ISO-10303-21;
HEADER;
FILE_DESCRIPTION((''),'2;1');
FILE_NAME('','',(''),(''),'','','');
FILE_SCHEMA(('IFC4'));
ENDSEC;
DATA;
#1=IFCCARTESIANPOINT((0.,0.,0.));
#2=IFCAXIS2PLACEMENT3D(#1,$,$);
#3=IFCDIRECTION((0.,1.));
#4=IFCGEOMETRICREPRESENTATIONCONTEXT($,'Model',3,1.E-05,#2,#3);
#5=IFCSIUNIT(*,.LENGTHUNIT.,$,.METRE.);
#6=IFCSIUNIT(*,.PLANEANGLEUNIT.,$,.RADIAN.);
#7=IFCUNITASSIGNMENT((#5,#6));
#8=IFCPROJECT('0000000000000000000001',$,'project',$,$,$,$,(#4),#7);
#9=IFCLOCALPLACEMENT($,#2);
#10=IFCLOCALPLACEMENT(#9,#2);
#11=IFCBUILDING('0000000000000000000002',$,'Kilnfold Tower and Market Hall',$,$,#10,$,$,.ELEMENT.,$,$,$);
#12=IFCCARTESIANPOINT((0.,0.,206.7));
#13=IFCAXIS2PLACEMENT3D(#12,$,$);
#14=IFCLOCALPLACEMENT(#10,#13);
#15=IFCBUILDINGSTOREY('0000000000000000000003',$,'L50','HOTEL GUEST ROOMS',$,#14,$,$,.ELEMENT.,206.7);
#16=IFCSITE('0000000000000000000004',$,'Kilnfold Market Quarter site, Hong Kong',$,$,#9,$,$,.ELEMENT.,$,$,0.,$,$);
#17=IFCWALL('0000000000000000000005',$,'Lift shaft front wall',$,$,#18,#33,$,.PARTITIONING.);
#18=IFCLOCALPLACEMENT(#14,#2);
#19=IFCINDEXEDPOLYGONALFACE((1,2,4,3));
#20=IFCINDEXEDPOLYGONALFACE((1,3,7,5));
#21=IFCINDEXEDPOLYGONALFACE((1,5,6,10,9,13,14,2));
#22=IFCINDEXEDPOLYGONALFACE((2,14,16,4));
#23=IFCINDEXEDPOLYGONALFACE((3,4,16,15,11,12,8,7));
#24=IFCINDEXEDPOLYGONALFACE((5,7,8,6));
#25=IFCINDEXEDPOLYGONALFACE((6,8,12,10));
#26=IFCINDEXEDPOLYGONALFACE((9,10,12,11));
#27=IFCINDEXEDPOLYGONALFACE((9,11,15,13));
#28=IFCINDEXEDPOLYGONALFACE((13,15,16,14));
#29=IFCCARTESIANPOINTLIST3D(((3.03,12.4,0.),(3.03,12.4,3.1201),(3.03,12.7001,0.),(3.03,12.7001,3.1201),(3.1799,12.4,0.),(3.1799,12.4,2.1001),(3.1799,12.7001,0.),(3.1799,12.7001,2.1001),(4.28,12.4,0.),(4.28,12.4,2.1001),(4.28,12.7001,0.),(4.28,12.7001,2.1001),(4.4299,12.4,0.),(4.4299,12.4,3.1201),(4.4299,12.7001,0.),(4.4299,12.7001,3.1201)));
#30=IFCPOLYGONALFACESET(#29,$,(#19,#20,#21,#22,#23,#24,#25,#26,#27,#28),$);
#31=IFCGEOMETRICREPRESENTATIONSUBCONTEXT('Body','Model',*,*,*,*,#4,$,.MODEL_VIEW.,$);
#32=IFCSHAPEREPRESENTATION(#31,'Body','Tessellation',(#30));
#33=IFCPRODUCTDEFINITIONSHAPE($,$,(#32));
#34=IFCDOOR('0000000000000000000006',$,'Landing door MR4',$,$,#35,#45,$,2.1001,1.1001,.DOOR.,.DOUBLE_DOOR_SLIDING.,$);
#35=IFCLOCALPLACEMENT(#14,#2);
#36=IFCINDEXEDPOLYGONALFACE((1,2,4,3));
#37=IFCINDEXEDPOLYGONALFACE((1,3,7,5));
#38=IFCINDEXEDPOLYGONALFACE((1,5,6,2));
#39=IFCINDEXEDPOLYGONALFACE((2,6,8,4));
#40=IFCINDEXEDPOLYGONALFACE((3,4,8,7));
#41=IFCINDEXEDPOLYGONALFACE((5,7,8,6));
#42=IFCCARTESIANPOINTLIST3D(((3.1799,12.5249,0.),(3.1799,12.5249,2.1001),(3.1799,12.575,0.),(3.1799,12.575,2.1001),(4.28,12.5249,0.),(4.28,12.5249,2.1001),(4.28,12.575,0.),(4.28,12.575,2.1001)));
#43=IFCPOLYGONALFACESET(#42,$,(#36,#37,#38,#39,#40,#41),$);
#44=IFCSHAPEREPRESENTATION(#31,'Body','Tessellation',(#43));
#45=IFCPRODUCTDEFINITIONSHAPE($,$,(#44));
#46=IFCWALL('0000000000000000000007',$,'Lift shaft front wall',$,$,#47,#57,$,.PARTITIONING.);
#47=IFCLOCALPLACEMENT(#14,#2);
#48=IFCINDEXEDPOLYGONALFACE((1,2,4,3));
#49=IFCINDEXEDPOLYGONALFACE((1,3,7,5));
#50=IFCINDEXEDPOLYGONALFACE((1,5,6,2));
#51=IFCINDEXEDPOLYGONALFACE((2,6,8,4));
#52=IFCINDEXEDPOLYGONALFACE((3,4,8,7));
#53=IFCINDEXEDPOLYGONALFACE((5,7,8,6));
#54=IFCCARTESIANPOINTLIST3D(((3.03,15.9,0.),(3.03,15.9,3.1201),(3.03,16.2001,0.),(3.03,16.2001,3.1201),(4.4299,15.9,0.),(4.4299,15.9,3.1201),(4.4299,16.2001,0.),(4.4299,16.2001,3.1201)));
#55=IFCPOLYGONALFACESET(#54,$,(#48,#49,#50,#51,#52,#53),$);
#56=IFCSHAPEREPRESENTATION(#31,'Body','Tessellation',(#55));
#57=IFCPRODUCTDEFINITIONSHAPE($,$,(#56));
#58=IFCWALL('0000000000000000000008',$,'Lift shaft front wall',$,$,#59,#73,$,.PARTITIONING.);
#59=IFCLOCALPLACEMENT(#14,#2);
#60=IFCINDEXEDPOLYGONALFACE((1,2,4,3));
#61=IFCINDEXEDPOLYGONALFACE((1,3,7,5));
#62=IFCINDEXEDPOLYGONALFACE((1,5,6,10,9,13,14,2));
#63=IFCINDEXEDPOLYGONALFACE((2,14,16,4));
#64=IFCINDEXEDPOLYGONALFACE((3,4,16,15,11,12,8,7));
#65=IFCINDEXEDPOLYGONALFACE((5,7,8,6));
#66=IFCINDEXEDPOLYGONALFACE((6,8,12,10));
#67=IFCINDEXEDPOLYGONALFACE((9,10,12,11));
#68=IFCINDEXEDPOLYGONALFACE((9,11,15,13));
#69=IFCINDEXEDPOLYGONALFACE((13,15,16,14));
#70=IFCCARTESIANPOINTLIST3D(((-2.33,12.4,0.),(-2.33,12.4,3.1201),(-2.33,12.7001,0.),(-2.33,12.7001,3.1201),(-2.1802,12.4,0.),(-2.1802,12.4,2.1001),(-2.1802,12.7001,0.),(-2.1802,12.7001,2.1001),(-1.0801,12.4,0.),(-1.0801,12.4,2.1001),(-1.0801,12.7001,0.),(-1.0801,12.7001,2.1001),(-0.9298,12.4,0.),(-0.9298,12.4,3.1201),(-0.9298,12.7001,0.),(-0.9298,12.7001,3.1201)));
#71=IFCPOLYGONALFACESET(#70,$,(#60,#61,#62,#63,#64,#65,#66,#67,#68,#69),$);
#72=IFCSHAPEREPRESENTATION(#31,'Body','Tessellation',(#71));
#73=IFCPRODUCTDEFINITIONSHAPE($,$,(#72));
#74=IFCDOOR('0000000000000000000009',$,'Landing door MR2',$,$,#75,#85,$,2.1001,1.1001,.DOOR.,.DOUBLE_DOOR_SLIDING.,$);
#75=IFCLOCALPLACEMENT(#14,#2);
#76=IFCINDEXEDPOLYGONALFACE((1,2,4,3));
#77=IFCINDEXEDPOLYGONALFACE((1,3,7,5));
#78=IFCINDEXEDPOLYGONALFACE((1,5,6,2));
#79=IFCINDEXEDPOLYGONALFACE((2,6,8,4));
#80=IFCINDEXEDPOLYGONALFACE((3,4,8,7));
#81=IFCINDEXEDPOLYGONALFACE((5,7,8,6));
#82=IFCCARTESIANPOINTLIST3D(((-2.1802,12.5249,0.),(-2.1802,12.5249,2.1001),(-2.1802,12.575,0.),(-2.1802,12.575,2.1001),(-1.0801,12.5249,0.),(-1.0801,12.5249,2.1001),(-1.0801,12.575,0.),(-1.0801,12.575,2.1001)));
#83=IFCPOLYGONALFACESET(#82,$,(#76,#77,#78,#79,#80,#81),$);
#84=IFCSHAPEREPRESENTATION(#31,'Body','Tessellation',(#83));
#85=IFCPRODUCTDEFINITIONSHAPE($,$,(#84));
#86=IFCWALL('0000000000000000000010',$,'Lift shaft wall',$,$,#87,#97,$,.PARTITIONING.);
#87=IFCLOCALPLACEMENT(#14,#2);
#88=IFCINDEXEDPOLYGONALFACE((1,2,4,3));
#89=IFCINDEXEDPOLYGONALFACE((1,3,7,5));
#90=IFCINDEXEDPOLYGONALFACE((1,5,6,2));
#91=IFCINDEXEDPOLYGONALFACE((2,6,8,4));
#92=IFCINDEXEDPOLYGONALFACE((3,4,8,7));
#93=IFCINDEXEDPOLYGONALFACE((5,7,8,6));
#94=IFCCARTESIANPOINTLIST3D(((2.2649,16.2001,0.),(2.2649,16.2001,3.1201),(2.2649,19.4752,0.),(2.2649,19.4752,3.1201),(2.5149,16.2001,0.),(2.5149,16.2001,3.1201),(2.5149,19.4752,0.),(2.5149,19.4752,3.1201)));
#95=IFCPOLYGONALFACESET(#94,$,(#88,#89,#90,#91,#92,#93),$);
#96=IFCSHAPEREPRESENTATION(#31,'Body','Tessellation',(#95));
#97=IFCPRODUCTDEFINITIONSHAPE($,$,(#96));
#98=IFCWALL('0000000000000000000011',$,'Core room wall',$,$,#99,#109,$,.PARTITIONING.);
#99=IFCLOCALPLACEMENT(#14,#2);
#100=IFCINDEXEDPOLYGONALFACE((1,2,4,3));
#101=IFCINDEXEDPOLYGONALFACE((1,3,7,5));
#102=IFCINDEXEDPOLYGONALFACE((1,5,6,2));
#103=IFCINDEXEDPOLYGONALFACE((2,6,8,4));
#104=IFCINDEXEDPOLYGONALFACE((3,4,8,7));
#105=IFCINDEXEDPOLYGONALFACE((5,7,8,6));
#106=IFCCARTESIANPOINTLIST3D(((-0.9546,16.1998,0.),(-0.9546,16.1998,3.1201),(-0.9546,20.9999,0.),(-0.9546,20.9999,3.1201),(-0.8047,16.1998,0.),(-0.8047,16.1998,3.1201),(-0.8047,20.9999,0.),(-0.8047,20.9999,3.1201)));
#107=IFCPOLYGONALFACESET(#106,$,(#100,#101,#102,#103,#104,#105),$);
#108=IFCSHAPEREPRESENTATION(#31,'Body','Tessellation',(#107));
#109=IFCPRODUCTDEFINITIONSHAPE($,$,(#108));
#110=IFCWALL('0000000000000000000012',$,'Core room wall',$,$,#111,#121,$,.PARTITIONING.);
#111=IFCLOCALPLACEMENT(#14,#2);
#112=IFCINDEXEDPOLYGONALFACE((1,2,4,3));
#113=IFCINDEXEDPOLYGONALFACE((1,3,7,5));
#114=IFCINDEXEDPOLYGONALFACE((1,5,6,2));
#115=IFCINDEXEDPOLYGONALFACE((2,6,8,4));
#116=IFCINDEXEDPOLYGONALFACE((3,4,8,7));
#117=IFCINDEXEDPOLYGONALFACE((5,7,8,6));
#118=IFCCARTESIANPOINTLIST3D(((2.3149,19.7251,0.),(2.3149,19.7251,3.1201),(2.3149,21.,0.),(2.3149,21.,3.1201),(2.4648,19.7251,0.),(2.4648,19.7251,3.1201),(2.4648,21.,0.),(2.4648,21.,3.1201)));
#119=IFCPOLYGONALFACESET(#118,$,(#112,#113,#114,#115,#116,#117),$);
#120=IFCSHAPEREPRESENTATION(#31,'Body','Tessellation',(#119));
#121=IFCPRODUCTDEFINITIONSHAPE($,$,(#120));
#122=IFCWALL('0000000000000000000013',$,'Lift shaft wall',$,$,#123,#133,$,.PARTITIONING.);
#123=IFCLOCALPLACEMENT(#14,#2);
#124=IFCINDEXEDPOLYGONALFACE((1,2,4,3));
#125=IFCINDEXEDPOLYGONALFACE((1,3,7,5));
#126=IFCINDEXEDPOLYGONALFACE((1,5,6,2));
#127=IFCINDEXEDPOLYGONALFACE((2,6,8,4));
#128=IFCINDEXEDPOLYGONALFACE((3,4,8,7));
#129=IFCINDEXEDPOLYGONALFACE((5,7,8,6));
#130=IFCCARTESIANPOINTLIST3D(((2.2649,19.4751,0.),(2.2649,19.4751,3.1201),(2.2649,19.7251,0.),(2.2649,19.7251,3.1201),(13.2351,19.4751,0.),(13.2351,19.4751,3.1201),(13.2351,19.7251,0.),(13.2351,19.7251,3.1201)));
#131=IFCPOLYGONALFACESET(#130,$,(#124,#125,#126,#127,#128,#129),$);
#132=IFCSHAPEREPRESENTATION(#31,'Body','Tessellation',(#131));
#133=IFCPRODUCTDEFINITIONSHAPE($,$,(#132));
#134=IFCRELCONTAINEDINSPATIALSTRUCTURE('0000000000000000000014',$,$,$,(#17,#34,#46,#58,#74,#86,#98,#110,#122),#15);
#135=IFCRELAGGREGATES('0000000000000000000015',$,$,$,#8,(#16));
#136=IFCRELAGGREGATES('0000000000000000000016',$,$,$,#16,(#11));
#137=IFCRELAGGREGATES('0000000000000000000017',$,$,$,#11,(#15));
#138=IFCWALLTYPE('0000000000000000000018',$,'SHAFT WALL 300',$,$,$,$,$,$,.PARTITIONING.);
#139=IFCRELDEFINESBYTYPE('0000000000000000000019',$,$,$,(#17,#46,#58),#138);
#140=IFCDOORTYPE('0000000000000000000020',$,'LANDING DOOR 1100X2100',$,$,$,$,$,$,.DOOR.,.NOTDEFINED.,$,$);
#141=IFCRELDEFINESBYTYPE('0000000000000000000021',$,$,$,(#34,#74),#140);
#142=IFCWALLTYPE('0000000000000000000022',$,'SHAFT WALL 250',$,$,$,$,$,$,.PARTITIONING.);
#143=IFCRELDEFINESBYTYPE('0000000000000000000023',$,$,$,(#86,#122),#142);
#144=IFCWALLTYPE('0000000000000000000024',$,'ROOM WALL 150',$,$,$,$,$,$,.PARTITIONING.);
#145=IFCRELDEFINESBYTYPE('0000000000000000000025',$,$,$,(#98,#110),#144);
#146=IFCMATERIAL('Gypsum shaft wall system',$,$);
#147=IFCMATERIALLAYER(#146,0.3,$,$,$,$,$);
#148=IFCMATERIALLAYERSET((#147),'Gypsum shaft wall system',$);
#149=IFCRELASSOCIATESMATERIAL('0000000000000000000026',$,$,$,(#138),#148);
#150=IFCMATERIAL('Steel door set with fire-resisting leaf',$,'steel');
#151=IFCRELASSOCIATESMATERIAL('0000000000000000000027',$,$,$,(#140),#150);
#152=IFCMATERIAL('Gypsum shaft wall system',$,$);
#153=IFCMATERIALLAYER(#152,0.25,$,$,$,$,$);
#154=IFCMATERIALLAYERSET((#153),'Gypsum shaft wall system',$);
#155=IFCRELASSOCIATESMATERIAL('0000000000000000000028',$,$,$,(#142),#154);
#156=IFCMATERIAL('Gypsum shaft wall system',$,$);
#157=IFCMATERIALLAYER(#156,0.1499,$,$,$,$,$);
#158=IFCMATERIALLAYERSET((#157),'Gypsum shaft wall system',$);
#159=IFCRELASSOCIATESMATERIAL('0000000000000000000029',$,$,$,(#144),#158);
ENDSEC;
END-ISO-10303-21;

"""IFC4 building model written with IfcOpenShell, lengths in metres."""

from ifc_helpers import new_model, si_unit, direction, frame, frame_2d, origin, place, context, subcontext, project, spatial, rectangle, extrude, source, transform, mapped, material, layer, layer_set, type_object, element, fill, save


model = new_model("IFC4")

# Units and contexts
model_context = context("Model", 3, precision=1e-05, world=origin(), true_north=direction((0.0, 1.0)))
body_context = subcontext(model_context, "Body", "Model", "MODEL_VIEW")
ifc_project = project(units=[si_unit("LENGTHUNIT", "METRE"), si_unit("PLANEANGLEUNIT", "RADIAN")], contexts=[model_context])

# Site, building, storey
site_placement = place(None, origin())
site = spatial("IfcSite", under=ifc_project, at=site_placement, Name="Kilnfold Market Quarter site, Hong Kong", CompositionType="ELEMENT", RefElevation=0.0)
building_placement = place(site_placement, origin())
building = spatial("IfcBuilding", under=site, at=building_placement, Name="Kilnfold Tower and Market Hall", CompositionType="ELEMENT")
storey_placement = place(building_placement, frame((0.0, 0.0, 206.7)))
storey = spatial("IfcBuildingStorey", under=building, at=storey_placement, Name="L50", Description="HOTEL GUEST ROOMS", CompositionType="ELEMENT", Elevation=206.7)

# Wall, opening, door
ifc_material_1 = material(Name="Gypsum shaft wall system")
ifc_layer_1 = layer(ifc_material_1, 0.3)
ifc_layer_set_1 = layer_set([ifc_layer_1], Name="Gypsum shaft wall system")
wall_type_1 = type_object("IfcWallType", Name="SHAFT WALL 300", PredefinedType="PARTITIONING", material=ifc_layer_set_1)
shared_shape_1 = source(origin(), body_context, "Body", "SweptSolid", [
    extrude(rectangle(XDim=1.3999, YDim=0.3, at=frame_2d((0.7, 0.0))), origin(), (0.0, 0.0, 1.0), 3.1201),
])
ifc_material_2 = material(Name="Steel door set with fire-resisting leaf", Category="steel")
door_type = type_object("IfcDoorType", Name="LANDING DOOR 1100X2100", OperationType="NOTDEFINED", PredefinedType="DOOR", material=ifc_material_2)
wall_1_placement = place(storey_placement, frame((3.03, 12.55, 0.0), z_axis=(0.0, 0.0, 1.0), x_axis=(1.0, 0.0, 0.0)))
wall_1 = element("IfcWall", 1, at=wall_1_placement, inside=storey, type_object=wall_type_1, Name="Lift shaft front wall", PredefinedType="PARTITIONING", context=body_context, shape_type="MappedRepresentation", body=[
    mapped(shared_shape_1, transform((0.0, 0.0, 0.0))),
])
opening_1_placement = place(wall_1_placement, frame((0.1499, 0.0, 0.0)))
opening_1 = element("IfcOpeningElement", 2, at=opening_1_placement, cuts=wall_1, PredefinedType="OPENING", context=body_context, shape_type="SweptSolid", body=[
    extrude(rectangle(XDim=1.1001, YDim=2.1001, at=frame_2d((0.55, 1.05))), frame((0.0, 0.1602, 0.0), z_axis=(0.0, -1.0, 0.0), x_axis=(1.0, 0.0, 0.0)), (0.0, 0.0, 1.0), 0.3201),
])
door_1_placement = place(opening_1_placement, origin())
door_1 = element("IfcDoor", 3, at=door_1_placement, inside=storey, type_object=door_type, Name="Landing door MR4", OperationType="DOUBLE_DOOR_SLIDING", OverallHeight=2.1001, OverallWidth=1.1001, PredefinedType="DOOR", context=body_context, shape_type="SweptSolid", body=[
    extrude(rectangle(XDim=1.1001, YDim=2.1001, at=frame_2d((0.55, 1.05))), frame((0.0, 0.0249, 0.0), z_axis=(0.0, -1.0, 0.0), x_axis=(1.0, 0.0, 0.0)), (0.0, 0.0, 1.0), 0.05),
])
fill(opening_1, door_1)

# Wall
wall_2_placement = place(storey_placement, frame((3.03, 16.05, 0.0), z_axis=(0.0, 0.0, 1.0), x_axis=(1.0, 0.0, 0.0)))
element("IfcWall", 4, at=wall_2_placement, inside=storey, type_object=wall_type_1, Name="Lift shaft front wall", PredefinedType="PARTITIONING", context=body_context, shape_type="MappedRepresentation", body=[
    mapped(shared_shape_1, transform((0.0, 0.0, 0.0))),
])

# Wall, opening, door
shared_shape_2 = source(origin(), body_context, "Body", "SweptSolid", [
    extrude(rectangle(XDim=1.4001, YDim=0.3, at=frame_2d((0.7002, 0.0))), origin(), (0.0, 0.0, 1.0), 3.1201),
])
wall_3_placement = place(storey_placement, frame((-2.3301, 12.55, 0.0), z_axis=(0.0, 0.0, 1.0), x_axis=(1.0, 0.0, 0.0)))
wall_3 = element("IfcWall", 5, at=wall_3_placement, inside=storey, type_object=wall_type_1, Name="Lift shaft front wall", PredefinedType="PARTITIONING", context=body_context, shape_type="MappedRepresentation", body=[
    mapped(shared_shape_2, transform((0.0, 0.0, 0.0))),
])
opening_2_placement = place(wall_3_placement, frame((0.1499, 0.0, 0.0)))
opening_2 = element("IfcOpeningElement", 6, at=opening_2_placement, cuts=wall_3, PredefinedType="OPENING", context=body_context, shape_type="SweptSolid", body=[
    extrude(rectangle(XDim=1.1001, YDim=2.1001, at=frame_2d((0.55, 1.05))), frame((0.0, 0.1602, 0.0), z_axis=(0.0, -1.0, 0.0), x_axis=(1.0, 0.0, 0.0)), (0.0, 0.0, 1.0), 0.3201),
])
door_2_placement = place(opening_2_placement, origin())
door_2 = element("IfcDoor", 7, at=door_2_placement, inside=storey, type_object=door_type, Name="Landing door MR2", OperationType="DOUBLE_DOOR_SLIDING", OverallHeight=2.1001, OverallWidth=1.1001, PredefinedType="DOOR", context=body_context, shape_type="SweptSolid", body=[
    extrude(rectangle(XDim=1.1001, YDim=2.1001, at=frame_2d((0.55, 1.05))), frame((0.0, 0.0249, 0.0), z_axis=(0.0, -1.0, 0.0), x_axis=(1.0, 0.0, 0.0)), (0.0, 0.0, 1.0), 0.05),
])
fill(opening_2, door_2)

# Walls
ifc_material_3 = material(Name="Gypsum shaft wall system")
ifc_layer_2 = layer(ifc_material_3, 0.25)
ifc_layer_set_2 = layer_set([ifc_layer_2], Name="Gypsum shaft wall system")
wall_type_2 = type_object("IfcWallType", Name="SHAFT WALL 250", PredefinedType="PARTITIONING", material=ifc_layer_set_2)
shared_shape_3 = source(origin(), body_context, "Body", "SweptSolid", [
    extrude(rectangle(XDim=3.2751, YDim=0.25, at=frame_2d((1.6377, 0.0))), origin(), (0.0, 0.0, 1.0), 3.1201),
])
wall_4_placement = place(storey_placement, frame((2.3899, 16.2, 0.0), z_axis=(0.0, 0.0, 1.0), x_axis=(0.0, 1.0, 0.0)))
element("IfcWall", 8, at=wall_4_placement, inside=storey, type_object=wall_type_2, Name="Lift shaft wall", PredefinedType="PARTITIONING", context=body_context, shape_type="MappedRepresentation", body=[
    mapped(shared_shape_3, transform((0.0, 0.0, 0.0))),
])
ifc_material_4 = material(Name="Gypsum shaft wall system")
ifc_layer_3 = layer(ifc_material_4, 0.1499)
ifc_layer_set_3 = layer_set([ifc_layer_3], Name="Gypsum shaft wall system")
wall_type_3 = type_object("IfcWallType", Name="ROOM WALL 150", PredefinedType="PARTITIONING", material=ifc_layer_set_3)
shared_shape_4 = source(origin(), body_context, "Body", "SweptSolid", [
    extrude(rectangle(XDim=4.8, YDim=0.1499, at=frame_2d((2.3999, 0.0))), origin(), (0.0, 0.0, 1.0), 3.1201),
])
wall_5_placement = place(storey_placement, frame((-0.8796, 16.2, 0.0), z_axis=(0.0, 0.0, 1.0), x_axis=(0.0, 1.0, 0.0)))
element("IfcWall", 9, at=wall_5_placement, inside=storey, type_object=wall_type_3, Name="Core room wall", PredefinedType="PARTITIONING", context=body_context, shape_type="MappedRepresentation", body=[
    mapped(shared_shape_4, transform((0.0, 0.0, 0.0))),
])
shared_shape_5 = source(origin(), body_context, "Body", "SweptSolid", [
    extrude(rectangle(XDim=1.2749, YDim=0.1499, at=frame_2d((0.6375, 0.0))), origin(), (0.0, 0.0, 1.0), 3.1201),
])
wall_6_placement = place(storey_placement, frame((2.3899, 19.7251, 0.0), z_axis=(0.0, 0.0, 1.0), x_axis=(0.0, 1.0, 0.0)))
element("IfcWall", 10, at=wall_6_placement, inside=storey, type_object=wall_type_3, Name="Core room wall", PredefinedType="PARTITIONING", context=body_context, shape_type="MappedRepresentation", body=[
    mapped(shared_shape_5, transform((0.0, 0.0, 0.0))),
])
shared_shape_6 = source(origin(), body_context, "Body", "SweptSolid", [
    extrude(rectangle(XDim=10.9702, YDim=0.25, at=frame_2d((5.4851, 0.0))), origin(), (0.0, 0.0, 1.0), 3.1201),
])
wall_7_placement = place(storey_placement, frame((2.2649, 19.6001, 0.0), z_axis=(0.0, 0.0, 1.0), x_axis=(1.0, 0.0, 0.0)))
element("IfcWall", 11, at=wall_7_placement, inside=storey, type_object=wall_type_2, Name="Lift shaft wall", PredefinedType="PARTITIONING", context=body_context, shape_type="MappedRepresentation", body=[
    mapped(shared_shape_6, transform((0.0, 0.0, 0.0))),
])

save(model, "model.ifc")
